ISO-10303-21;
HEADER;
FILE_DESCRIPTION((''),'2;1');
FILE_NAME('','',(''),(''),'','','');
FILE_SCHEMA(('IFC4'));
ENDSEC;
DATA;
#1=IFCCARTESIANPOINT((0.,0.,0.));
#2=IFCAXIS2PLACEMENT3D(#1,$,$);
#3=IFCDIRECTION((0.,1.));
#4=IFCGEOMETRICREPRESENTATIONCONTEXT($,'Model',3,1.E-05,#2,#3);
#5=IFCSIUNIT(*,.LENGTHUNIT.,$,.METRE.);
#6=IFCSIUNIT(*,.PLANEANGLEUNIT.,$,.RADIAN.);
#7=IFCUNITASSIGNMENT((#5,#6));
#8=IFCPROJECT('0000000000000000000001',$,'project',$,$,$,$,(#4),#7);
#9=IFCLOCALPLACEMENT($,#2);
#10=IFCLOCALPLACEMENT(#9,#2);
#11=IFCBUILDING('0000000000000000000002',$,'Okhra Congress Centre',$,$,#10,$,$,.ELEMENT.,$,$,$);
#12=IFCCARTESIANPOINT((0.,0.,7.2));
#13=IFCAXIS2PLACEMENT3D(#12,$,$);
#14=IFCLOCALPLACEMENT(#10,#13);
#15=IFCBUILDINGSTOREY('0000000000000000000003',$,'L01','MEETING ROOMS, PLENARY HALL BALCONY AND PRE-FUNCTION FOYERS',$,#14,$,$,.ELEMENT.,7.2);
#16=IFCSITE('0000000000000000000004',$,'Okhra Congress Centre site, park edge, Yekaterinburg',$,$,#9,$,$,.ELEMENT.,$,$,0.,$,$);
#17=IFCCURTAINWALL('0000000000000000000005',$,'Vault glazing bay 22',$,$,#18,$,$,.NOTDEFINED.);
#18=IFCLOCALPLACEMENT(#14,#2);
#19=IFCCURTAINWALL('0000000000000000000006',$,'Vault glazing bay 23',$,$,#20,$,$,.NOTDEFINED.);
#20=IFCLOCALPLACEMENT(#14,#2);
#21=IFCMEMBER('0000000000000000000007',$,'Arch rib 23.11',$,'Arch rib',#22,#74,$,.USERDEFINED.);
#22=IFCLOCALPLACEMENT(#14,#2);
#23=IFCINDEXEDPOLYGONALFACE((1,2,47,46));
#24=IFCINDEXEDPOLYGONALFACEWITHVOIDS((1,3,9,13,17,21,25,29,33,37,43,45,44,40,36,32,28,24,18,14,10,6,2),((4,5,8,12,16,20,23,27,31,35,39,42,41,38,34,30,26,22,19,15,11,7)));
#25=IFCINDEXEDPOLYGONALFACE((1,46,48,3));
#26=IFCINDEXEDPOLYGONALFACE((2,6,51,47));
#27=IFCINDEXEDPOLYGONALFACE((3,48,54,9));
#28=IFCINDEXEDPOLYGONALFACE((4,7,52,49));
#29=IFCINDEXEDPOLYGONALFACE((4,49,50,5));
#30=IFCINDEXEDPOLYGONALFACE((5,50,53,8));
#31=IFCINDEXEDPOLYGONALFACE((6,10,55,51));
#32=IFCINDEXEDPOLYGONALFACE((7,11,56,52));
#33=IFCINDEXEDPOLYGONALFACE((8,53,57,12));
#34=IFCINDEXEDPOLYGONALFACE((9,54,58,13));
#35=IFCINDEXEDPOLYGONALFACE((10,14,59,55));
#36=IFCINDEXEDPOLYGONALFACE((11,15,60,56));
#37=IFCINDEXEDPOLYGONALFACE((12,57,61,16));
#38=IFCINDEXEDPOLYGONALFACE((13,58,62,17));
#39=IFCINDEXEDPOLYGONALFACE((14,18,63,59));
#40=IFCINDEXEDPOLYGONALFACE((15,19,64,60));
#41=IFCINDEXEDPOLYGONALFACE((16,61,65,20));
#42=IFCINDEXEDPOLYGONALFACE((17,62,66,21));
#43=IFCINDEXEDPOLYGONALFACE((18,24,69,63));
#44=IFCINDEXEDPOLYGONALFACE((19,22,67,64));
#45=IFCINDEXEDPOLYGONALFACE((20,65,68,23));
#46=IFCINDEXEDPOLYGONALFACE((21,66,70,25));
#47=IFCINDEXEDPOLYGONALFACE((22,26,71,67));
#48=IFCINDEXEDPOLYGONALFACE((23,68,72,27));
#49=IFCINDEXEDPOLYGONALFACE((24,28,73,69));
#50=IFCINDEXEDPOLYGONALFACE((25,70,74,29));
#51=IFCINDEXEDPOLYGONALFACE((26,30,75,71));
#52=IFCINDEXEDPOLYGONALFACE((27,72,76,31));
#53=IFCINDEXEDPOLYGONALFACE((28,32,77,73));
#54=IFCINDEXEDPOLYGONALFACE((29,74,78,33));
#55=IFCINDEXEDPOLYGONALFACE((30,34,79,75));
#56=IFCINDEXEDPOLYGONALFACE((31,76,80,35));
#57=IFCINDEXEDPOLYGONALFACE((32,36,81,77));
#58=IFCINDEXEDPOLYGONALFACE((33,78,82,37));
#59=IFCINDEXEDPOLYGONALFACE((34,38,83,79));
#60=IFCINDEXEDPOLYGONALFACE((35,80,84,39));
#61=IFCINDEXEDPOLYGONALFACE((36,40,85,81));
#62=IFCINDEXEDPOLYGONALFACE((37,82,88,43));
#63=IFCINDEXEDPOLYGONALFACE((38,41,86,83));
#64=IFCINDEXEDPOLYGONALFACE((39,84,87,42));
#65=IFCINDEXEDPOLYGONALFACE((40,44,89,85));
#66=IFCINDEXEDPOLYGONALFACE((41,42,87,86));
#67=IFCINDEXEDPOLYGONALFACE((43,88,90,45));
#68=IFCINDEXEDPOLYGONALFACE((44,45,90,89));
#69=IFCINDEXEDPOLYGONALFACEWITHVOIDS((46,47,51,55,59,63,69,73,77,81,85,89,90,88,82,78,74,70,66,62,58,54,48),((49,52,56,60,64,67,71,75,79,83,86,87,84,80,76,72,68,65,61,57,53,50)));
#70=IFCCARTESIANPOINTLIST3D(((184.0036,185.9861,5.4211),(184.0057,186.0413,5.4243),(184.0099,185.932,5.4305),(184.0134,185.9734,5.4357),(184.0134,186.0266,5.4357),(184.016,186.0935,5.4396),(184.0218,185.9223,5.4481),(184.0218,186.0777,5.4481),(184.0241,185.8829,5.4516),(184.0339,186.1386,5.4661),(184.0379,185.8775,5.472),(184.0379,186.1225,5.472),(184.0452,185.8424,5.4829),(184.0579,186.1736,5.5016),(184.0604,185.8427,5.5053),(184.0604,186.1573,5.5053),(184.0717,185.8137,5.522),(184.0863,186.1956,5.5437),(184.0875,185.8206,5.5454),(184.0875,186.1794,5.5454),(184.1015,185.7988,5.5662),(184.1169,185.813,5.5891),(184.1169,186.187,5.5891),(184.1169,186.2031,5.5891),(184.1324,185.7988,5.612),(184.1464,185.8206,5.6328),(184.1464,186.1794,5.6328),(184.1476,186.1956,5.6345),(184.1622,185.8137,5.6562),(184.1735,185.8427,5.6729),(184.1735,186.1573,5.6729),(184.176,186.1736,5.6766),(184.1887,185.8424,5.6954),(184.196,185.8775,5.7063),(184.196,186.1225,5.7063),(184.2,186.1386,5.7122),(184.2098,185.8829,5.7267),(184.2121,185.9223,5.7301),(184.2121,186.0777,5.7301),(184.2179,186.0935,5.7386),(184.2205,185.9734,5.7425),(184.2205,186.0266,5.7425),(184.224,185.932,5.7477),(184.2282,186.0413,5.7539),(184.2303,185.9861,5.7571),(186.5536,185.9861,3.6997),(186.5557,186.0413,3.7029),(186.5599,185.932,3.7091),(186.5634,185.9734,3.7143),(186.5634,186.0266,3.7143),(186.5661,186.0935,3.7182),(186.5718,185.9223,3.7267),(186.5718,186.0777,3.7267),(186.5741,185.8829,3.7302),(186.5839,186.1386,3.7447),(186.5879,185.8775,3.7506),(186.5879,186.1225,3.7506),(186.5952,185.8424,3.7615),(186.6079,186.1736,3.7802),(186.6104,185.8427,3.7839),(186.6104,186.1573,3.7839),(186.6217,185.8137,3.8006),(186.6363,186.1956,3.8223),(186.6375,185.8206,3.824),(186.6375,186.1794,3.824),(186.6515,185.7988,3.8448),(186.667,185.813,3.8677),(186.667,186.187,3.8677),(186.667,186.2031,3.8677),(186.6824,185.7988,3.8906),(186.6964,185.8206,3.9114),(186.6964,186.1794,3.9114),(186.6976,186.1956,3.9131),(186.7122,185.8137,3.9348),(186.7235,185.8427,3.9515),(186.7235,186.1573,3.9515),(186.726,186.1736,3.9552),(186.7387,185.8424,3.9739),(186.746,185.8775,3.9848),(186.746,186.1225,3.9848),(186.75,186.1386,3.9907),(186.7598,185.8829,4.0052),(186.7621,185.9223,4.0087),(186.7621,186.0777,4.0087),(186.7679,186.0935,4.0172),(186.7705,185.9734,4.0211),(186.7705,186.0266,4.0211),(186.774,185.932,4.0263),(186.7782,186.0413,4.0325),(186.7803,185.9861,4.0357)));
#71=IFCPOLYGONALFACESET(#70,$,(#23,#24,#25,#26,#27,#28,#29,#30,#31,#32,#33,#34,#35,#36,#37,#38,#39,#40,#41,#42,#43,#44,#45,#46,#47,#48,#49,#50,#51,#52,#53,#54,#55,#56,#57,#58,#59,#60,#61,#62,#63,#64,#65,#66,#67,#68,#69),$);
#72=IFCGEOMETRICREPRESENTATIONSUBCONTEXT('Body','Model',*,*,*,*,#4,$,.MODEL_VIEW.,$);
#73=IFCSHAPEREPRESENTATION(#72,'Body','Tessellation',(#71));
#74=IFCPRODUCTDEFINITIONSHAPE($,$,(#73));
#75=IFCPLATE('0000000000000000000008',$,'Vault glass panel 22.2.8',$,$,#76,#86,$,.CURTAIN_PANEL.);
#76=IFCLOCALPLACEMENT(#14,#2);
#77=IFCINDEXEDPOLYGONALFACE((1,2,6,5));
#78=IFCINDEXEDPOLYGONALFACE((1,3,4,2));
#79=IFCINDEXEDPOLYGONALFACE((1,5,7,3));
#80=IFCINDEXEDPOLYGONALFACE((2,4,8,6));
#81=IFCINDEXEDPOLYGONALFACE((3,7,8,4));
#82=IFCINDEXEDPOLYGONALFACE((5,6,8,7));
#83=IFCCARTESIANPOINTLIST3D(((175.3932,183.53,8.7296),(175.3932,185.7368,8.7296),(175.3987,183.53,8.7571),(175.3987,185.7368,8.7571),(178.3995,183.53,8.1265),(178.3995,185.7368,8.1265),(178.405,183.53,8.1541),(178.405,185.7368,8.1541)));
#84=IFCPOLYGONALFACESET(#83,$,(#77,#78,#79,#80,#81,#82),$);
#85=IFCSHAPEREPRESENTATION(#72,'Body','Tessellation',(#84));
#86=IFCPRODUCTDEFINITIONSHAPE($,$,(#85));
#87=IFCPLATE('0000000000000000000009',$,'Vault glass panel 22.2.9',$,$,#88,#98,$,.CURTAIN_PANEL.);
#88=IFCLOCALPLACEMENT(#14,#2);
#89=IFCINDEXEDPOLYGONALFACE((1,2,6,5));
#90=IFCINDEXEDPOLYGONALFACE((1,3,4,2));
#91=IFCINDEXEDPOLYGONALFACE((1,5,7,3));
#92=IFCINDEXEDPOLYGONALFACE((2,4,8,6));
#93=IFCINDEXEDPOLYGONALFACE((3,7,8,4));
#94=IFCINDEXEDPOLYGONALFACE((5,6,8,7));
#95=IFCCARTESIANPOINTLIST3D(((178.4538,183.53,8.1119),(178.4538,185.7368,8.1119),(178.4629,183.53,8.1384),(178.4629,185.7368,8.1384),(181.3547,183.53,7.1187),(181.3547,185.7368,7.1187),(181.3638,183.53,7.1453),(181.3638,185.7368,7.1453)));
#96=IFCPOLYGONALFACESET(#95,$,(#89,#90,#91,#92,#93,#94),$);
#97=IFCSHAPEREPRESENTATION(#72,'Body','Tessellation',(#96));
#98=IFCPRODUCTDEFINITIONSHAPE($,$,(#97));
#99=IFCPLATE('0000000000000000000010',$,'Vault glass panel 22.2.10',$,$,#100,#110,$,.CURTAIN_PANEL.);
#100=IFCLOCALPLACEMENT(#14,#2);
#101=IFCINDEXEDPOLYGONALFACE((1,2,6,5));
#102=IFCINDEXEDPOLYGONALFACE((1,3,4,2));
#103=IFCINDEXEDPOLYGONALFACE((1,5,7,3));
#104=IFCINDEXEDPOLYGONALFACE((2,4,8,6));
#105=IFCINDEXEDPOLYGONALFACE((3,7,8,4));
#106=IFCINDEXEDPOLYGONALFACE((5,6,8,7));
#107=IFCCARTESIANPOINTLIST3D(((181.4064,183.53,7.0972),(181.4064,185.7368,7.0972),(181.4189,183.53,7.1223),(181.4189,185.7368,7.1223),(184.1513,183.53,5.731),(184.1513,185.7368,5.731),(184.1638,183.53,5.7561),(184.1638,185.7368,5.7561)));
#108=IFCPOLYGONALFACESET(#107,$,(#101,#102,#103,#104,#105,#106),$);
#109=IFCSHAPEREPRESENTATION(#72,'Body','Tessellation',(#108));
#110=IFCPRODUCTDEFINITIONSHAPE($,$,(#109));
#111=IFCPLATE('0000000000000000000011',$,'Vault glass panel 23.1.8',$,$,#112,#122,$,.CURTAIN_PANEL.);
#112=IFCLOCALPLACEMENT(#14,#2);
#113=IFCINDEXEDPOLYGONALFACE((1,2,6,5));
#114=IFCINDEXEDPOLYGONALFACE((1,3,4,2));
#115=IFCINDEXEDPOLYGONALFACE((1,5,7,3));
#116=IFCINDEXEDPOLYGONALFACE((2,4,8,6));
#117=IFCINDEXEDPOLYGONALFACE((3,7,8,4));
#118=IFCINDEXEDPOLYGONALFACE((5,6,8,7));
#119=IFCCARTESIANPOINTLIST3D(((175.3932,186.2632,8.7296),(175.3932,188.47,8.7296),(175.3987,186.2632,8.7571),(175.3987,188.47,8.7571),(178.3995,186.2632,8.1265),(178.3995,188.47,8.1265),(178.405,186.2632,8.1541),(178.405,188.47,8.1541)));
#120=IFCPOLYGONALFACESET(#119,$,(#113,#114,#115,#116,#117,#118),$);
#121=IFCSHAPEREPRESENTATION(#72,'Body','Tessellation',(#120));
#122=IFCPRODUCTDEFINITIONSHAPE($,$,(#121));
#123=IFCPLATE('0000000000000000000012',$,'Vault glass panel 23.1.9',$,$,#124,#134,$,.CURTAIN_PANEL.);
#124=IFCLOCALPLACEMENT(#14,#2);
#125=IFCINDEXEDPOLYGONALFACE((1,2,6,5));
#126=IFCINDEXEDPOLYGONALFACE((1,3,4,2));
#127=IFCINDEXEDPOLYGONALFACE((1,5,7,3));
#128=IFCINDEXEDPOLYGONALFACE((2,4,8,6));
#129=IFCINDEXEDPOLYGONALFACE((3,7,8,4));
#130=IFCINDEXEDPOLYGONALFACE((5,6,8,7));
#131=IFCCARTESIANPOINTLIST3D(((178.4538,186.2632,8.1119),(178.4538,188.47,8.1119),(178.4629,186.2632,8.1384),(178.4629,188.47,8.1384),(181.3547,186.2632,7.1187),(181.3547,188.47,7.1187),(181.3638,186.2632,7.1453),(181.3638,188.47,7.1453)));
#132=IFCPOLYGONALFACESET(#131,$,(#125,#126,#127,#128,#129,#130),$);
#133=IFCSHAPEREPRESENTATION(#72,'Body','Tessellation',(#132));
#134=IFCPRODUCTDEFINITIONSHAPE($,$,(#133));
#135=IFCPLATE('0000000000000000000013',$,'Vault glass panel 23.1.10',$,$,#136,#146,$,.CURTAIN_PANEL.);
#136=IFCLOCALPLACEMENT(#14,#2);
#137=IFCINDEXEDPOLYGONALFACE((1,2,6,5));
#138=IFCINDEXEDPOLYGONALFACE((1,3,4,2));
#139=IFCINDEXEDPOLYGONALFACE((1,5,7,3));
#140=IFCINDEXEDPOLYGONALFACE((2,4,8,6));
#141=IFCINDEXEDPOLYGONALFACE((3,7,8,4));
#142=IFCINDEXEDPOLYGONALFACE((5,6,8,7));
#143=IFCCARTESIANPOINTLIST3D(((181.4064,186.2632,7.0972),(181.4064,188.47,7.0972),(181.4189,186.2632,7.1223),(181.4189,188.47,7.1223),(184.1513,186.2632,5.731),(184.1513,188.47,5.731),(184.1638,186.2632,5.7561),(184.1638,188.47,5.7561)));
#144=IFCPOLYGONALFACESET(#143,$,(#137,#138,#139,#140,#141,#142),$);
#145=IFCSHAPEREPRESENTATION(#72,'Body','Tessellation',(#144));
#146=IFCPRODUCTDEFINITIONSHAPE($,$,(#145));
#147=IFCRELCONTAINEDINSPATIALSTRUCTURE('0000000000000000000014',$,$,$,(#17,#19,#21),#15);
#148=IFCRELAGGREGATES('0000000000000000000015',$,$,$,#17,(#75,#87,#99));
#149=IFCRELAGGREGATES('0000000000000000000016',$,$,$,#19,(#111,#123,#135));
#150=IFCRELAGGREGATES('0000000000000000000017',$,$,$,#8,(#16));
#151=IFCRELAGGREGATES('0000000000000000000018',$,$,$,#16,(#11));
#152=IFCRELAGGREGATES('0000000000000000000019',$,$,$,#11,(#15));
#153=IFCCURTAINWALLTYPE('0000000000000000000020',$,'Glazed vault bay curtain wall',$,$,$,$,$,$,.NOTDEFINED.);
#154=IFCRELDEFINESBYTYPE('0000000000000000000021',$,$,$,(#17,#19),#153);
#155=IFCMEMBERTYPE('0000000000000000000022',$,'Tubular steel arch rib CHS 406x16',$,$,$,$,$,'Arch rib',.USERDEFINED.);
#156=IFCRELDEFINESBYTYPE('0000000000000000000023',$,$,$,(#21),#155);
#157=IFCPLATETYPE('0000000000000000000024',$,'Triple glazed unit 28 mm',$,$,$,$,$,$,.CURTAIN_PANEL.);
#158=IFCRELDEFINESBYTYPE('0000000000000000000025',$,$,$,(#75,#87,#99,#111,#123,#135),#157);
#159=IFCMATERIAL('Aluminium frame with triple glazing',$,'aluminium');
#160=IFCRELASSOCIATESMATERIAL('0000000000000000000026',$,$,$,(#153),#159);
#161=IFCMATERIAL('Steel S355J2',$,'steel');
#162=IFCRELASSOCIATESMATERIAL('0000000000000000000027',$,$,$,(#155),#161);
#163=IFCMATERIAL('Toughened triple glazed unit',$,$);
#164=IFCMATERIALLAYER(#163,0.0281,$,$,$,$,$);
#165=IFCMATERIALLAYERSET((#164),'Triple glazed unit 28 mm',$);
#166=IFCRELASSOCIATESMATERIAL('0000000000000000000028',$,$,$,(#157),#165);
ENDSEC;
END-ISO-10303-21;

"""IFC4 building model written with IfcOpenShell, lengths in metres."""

from ifc_helpers import new_model, si_unit, direction, frame, origin, origin_2d, place, context, subcontext, project, spatial, polyline, hollow_circle, outline, extrude, material, layer, layer_set, material_profile, profile_set, type_object, element, aggregate, save


model = new_model("IFC4")

# Units and contexts
model_context = context("Model", 3, precision=1e-05, world=origin(), true_north=direction((0.0, 1.0)))
body_context = subcontext(model_context, "Body", "Model", "MODEL_VIEW")
ifc_project = project(units=[si_unit("LENGTHUNIT", "METRE"), si_unit("PLANEANGLEUNIT", "RADIAN")], contexts=[model_context])

# Site, building, storey
site_placement = place(None, origin())
site = spatial("IfcSite", under=ifc_project, at=site_placement, Name="Okhra Congress Centre site, park edge, Yekaterinburg", CompositionType="ELEMENT", RefElevation=0.0)
building_placement = place(site_placement, origin())
building = spatial("IfcBuilding", under=site, at=building_placement, Name="Okhra Congress Centre", CompositionType="ELEMENT")
storey_placement = place(building_placement, frame((0.0, 0.0, 7.2)))
storey = spatial("IfcBuildingStorey", under=building, at=storey_placement, Name="L01", Description="MEETING ROOMS, PLENARY HALL BALCONY AND PRE-FUNCTION FOYERS", CompositionType="ELEMENT", Elevation=7.2)

# Curtain walls
ifc_material_1 = material(Name="Aluminium frame with triple glazing", Category="aluminium")
curtain_wall_type = type_object("IfcCurtainWallType", Name="Glazed vault bay curtain wall", PredefinedType="NOTDEFINED", material=ifc_material_1)
curtain_wall_1_placement = place(storey_placement, origin())
curtain_wall_1 = element("IfcCurtainWall", 1, at=curtain_wall_1_placement, inside=storey, type_object=curtain_wall_type, Name="Vault glazing bay 22", PredefinedType="NOTDEFINED")
curtain_wall_2_placement = place(storey_placement, origin())
curtain_wall_2 = element("IfcCurtainWall", 2, at=curtain_wall_2_placement, inside=storey, type_object=curtain_wall_type, Name="Vault glazing bay 23", PredefinedType="NOTDEFINED")

# Member
ifc_material_2 = material(Name="Steel S355J2", Category="steel")
ifc_material_profile_1 = material_profile(ifc_material_2, hollow_circle(Radius=0.2031, WallThickness=0.0161, at=origin_2d()), Name="CHS 406.4x16")
ifc_profile_set_1 = profile_set([ifc_material_profile_1], Name="Steel S355J2")
member_type_1 = type_object("IfcMemberType", Name="Tubular steel arch rib CHS 406x16", ElementType="Arch rib", PredefinedType="USERDEFINED", material=ifc_profile_set_1)
member_1_placement = place(storey_placement, frame((184.1169, 186.0, 5.5891), z_axis=(0.828826, 0.0, -0.559507), x_axis=(0.0, 1.0, 0.0)))
element("IfcMember", 3, at=member_1_placement, inside=storey, type_object=member_type_1, Name="Arch rib 23.11", ObjectType="Arch rib", PredefinedType="USERDEFINED", context=body_context, shape_type="SweptSolid", body=[
    extrude(hollow_circle(Radius=0.2031, WallThickness=0.0161, at=origin_2d()), origin(), (0.0, 0.0, 1.0), 3.0767),
])

# Plates
ifc_material_3 = material(Name="Toughened triple glazed unit")
ifc_layer = layer(ifc_material_3, 0.0281)
ifc_layer_set = layer_set([ifc_layer], Name="Triple glazed unit 28 mm")
plate_type = type_object("IfcPlateType", Name="Triple glazed unit 28 mm", PredefinedType="CURTAIN_PANEL", material=ifc_layer_set)
plate_1_placement = place(storey_placement, frame((175.3987, 183.53, 8.7571), z_axis=(0.196667, 0.0, 0.98047), x_axis=(0.98047, 0.0, -0.196667)))
plate_1 = element("IfcPlate", 4, at=plate_1_placement, type_object=plate_type, Name="Vault glass panel 22.2.8", PredefinedType="CURTAIN_PANEL", context=body_context, shape_type="SweptSolid", body=[
    extrude(outline(polyline([(0.0, 0.0), (3.0662, 0.0), (3.0662, 2.2068), (0.0, 2.2068), (0.0, 0.0)])), origin(), (0.0, 0.0, -1.0), 0.0281),
])
plate_2_placement = place(storey_placement, frame((178.4629, 183.53, 8.1384), z_axis=(0.323909, 0.0, 0.946088), x_axis=(0.946088, 0.0, -0.323909)))
plate_2 = element("IfcPlate", 5, at=plate_2_placement, type_object=plate_type, Name="Vault glass panel 22.2.9", PredefinedType="CURTAIN_PANEL", context=body_context, shape_type="SweptSolid", body=[
    extrude(outline(polyline([(0.0, 0.0), (3.0662, 0.0), (3.0662, 2.2068), (0.0, 2.2068), (0.0, 0.0)])), origin(), (0.0, 0.0, -1.0), 0.0281),
])
plate_3_placement = place(storey_placement, frame((181.4189, 183.53, 7.1223), z_axis=(0.445588, 0.0, 0.895238), x_axis=(0.895238, 0.0, -0.445588)))
plate_3 = element("IfcPlate", 6, at=plate_3_placement, type_object=plate_type, Name="Vault glass panel 22.2.10", PredefinedType="CURTAIN_PANEL", context=body_context, shape_type="SweptSolid", body=[
    extrude(outline(polyline([(0.0, 0.0), (3.0661, 0.0), (3.0661, 2.2068), (0.0, 2.2068), (0.0, 0.0)])), origin(), (0.0, 0.0, -1.0), 0.0281),
])
aggregate(curtain_wall_1, [plate_1, plate_2, plate_3])
plate_4_placement = place(storey_placement, frame((175.3987, 186.2632, 8.7571), z_axis=(0.196667, 0.0, 0.98047), x_axis=(0.98047, 0.0, -0.196667)))
plate_4 = element("IfcPlate", 7, at=plate_4_placement, type_object=plate_type, Name="Vault glass panel 23.1.8", PredefinedType="CURTAIN_PANEL", context=body_context, shape_type="SweptSolid", body=[
    extrude(outline(polyline([(0.0, 0.0), (3.0662, 0.0), (3.0662, 2.2068), (0.0, 2.2068), (0.0, 0.0)])), origin(), (0.0, 0.0, -1.0), 0.0281),
])
plate_5_placement = place(storey_placement, frame((178.4629, 186.2632, 8.1384), z_axis=(0.323909, 0.0, 0.946088), x_axis=(0.946088, 0.0, -0.323909)))
plate_5 = element("IfcPlate", 8, at=plate_5_placement, type_object=plate_type, Name="Vault glass panel 23.1.9", PredefinedType="CURTAIN_PANEL", context=body_context, shape_type="SweptSolid", body=[
    extrude(outline(polyline([(0.0, 0.0), (3.0662, 0.0), (3.0662, 2.2068), (0.0, 2.2068), (0.0, 0.0)])), origin(), (0.0, 0.0, -1.0), 0.0281),
])
plate_6_placement = place(storey_placement, frame((181.4189, 186.2632, 7.1223), z_axis=(0.445588, 0.0, 0.895238), x_axis=(0.895238, 0.0, -0.445588)))
plate_6 = element("IfcPlate", 9, at=plate_6_placement, type_object=plate_type, Name="Vault glass panel 23.1.10", PredefinedType="CURTAIN_PANEL", context=body_context, shape_type="SweptSolid", body=[
    extrude(outline(polyline([(0.0, 0.0), (3.0661, 0.0), (3.0661, 2.2068), (0.0, 2.2068), (0.0, 0.0)])), origin(), (0.0, 0.0, -1.0), 0.0281),
])
aggregate(curtain_wall_2, [plate_4, plate_5, plate_6])

save(model, "model.ifc")
